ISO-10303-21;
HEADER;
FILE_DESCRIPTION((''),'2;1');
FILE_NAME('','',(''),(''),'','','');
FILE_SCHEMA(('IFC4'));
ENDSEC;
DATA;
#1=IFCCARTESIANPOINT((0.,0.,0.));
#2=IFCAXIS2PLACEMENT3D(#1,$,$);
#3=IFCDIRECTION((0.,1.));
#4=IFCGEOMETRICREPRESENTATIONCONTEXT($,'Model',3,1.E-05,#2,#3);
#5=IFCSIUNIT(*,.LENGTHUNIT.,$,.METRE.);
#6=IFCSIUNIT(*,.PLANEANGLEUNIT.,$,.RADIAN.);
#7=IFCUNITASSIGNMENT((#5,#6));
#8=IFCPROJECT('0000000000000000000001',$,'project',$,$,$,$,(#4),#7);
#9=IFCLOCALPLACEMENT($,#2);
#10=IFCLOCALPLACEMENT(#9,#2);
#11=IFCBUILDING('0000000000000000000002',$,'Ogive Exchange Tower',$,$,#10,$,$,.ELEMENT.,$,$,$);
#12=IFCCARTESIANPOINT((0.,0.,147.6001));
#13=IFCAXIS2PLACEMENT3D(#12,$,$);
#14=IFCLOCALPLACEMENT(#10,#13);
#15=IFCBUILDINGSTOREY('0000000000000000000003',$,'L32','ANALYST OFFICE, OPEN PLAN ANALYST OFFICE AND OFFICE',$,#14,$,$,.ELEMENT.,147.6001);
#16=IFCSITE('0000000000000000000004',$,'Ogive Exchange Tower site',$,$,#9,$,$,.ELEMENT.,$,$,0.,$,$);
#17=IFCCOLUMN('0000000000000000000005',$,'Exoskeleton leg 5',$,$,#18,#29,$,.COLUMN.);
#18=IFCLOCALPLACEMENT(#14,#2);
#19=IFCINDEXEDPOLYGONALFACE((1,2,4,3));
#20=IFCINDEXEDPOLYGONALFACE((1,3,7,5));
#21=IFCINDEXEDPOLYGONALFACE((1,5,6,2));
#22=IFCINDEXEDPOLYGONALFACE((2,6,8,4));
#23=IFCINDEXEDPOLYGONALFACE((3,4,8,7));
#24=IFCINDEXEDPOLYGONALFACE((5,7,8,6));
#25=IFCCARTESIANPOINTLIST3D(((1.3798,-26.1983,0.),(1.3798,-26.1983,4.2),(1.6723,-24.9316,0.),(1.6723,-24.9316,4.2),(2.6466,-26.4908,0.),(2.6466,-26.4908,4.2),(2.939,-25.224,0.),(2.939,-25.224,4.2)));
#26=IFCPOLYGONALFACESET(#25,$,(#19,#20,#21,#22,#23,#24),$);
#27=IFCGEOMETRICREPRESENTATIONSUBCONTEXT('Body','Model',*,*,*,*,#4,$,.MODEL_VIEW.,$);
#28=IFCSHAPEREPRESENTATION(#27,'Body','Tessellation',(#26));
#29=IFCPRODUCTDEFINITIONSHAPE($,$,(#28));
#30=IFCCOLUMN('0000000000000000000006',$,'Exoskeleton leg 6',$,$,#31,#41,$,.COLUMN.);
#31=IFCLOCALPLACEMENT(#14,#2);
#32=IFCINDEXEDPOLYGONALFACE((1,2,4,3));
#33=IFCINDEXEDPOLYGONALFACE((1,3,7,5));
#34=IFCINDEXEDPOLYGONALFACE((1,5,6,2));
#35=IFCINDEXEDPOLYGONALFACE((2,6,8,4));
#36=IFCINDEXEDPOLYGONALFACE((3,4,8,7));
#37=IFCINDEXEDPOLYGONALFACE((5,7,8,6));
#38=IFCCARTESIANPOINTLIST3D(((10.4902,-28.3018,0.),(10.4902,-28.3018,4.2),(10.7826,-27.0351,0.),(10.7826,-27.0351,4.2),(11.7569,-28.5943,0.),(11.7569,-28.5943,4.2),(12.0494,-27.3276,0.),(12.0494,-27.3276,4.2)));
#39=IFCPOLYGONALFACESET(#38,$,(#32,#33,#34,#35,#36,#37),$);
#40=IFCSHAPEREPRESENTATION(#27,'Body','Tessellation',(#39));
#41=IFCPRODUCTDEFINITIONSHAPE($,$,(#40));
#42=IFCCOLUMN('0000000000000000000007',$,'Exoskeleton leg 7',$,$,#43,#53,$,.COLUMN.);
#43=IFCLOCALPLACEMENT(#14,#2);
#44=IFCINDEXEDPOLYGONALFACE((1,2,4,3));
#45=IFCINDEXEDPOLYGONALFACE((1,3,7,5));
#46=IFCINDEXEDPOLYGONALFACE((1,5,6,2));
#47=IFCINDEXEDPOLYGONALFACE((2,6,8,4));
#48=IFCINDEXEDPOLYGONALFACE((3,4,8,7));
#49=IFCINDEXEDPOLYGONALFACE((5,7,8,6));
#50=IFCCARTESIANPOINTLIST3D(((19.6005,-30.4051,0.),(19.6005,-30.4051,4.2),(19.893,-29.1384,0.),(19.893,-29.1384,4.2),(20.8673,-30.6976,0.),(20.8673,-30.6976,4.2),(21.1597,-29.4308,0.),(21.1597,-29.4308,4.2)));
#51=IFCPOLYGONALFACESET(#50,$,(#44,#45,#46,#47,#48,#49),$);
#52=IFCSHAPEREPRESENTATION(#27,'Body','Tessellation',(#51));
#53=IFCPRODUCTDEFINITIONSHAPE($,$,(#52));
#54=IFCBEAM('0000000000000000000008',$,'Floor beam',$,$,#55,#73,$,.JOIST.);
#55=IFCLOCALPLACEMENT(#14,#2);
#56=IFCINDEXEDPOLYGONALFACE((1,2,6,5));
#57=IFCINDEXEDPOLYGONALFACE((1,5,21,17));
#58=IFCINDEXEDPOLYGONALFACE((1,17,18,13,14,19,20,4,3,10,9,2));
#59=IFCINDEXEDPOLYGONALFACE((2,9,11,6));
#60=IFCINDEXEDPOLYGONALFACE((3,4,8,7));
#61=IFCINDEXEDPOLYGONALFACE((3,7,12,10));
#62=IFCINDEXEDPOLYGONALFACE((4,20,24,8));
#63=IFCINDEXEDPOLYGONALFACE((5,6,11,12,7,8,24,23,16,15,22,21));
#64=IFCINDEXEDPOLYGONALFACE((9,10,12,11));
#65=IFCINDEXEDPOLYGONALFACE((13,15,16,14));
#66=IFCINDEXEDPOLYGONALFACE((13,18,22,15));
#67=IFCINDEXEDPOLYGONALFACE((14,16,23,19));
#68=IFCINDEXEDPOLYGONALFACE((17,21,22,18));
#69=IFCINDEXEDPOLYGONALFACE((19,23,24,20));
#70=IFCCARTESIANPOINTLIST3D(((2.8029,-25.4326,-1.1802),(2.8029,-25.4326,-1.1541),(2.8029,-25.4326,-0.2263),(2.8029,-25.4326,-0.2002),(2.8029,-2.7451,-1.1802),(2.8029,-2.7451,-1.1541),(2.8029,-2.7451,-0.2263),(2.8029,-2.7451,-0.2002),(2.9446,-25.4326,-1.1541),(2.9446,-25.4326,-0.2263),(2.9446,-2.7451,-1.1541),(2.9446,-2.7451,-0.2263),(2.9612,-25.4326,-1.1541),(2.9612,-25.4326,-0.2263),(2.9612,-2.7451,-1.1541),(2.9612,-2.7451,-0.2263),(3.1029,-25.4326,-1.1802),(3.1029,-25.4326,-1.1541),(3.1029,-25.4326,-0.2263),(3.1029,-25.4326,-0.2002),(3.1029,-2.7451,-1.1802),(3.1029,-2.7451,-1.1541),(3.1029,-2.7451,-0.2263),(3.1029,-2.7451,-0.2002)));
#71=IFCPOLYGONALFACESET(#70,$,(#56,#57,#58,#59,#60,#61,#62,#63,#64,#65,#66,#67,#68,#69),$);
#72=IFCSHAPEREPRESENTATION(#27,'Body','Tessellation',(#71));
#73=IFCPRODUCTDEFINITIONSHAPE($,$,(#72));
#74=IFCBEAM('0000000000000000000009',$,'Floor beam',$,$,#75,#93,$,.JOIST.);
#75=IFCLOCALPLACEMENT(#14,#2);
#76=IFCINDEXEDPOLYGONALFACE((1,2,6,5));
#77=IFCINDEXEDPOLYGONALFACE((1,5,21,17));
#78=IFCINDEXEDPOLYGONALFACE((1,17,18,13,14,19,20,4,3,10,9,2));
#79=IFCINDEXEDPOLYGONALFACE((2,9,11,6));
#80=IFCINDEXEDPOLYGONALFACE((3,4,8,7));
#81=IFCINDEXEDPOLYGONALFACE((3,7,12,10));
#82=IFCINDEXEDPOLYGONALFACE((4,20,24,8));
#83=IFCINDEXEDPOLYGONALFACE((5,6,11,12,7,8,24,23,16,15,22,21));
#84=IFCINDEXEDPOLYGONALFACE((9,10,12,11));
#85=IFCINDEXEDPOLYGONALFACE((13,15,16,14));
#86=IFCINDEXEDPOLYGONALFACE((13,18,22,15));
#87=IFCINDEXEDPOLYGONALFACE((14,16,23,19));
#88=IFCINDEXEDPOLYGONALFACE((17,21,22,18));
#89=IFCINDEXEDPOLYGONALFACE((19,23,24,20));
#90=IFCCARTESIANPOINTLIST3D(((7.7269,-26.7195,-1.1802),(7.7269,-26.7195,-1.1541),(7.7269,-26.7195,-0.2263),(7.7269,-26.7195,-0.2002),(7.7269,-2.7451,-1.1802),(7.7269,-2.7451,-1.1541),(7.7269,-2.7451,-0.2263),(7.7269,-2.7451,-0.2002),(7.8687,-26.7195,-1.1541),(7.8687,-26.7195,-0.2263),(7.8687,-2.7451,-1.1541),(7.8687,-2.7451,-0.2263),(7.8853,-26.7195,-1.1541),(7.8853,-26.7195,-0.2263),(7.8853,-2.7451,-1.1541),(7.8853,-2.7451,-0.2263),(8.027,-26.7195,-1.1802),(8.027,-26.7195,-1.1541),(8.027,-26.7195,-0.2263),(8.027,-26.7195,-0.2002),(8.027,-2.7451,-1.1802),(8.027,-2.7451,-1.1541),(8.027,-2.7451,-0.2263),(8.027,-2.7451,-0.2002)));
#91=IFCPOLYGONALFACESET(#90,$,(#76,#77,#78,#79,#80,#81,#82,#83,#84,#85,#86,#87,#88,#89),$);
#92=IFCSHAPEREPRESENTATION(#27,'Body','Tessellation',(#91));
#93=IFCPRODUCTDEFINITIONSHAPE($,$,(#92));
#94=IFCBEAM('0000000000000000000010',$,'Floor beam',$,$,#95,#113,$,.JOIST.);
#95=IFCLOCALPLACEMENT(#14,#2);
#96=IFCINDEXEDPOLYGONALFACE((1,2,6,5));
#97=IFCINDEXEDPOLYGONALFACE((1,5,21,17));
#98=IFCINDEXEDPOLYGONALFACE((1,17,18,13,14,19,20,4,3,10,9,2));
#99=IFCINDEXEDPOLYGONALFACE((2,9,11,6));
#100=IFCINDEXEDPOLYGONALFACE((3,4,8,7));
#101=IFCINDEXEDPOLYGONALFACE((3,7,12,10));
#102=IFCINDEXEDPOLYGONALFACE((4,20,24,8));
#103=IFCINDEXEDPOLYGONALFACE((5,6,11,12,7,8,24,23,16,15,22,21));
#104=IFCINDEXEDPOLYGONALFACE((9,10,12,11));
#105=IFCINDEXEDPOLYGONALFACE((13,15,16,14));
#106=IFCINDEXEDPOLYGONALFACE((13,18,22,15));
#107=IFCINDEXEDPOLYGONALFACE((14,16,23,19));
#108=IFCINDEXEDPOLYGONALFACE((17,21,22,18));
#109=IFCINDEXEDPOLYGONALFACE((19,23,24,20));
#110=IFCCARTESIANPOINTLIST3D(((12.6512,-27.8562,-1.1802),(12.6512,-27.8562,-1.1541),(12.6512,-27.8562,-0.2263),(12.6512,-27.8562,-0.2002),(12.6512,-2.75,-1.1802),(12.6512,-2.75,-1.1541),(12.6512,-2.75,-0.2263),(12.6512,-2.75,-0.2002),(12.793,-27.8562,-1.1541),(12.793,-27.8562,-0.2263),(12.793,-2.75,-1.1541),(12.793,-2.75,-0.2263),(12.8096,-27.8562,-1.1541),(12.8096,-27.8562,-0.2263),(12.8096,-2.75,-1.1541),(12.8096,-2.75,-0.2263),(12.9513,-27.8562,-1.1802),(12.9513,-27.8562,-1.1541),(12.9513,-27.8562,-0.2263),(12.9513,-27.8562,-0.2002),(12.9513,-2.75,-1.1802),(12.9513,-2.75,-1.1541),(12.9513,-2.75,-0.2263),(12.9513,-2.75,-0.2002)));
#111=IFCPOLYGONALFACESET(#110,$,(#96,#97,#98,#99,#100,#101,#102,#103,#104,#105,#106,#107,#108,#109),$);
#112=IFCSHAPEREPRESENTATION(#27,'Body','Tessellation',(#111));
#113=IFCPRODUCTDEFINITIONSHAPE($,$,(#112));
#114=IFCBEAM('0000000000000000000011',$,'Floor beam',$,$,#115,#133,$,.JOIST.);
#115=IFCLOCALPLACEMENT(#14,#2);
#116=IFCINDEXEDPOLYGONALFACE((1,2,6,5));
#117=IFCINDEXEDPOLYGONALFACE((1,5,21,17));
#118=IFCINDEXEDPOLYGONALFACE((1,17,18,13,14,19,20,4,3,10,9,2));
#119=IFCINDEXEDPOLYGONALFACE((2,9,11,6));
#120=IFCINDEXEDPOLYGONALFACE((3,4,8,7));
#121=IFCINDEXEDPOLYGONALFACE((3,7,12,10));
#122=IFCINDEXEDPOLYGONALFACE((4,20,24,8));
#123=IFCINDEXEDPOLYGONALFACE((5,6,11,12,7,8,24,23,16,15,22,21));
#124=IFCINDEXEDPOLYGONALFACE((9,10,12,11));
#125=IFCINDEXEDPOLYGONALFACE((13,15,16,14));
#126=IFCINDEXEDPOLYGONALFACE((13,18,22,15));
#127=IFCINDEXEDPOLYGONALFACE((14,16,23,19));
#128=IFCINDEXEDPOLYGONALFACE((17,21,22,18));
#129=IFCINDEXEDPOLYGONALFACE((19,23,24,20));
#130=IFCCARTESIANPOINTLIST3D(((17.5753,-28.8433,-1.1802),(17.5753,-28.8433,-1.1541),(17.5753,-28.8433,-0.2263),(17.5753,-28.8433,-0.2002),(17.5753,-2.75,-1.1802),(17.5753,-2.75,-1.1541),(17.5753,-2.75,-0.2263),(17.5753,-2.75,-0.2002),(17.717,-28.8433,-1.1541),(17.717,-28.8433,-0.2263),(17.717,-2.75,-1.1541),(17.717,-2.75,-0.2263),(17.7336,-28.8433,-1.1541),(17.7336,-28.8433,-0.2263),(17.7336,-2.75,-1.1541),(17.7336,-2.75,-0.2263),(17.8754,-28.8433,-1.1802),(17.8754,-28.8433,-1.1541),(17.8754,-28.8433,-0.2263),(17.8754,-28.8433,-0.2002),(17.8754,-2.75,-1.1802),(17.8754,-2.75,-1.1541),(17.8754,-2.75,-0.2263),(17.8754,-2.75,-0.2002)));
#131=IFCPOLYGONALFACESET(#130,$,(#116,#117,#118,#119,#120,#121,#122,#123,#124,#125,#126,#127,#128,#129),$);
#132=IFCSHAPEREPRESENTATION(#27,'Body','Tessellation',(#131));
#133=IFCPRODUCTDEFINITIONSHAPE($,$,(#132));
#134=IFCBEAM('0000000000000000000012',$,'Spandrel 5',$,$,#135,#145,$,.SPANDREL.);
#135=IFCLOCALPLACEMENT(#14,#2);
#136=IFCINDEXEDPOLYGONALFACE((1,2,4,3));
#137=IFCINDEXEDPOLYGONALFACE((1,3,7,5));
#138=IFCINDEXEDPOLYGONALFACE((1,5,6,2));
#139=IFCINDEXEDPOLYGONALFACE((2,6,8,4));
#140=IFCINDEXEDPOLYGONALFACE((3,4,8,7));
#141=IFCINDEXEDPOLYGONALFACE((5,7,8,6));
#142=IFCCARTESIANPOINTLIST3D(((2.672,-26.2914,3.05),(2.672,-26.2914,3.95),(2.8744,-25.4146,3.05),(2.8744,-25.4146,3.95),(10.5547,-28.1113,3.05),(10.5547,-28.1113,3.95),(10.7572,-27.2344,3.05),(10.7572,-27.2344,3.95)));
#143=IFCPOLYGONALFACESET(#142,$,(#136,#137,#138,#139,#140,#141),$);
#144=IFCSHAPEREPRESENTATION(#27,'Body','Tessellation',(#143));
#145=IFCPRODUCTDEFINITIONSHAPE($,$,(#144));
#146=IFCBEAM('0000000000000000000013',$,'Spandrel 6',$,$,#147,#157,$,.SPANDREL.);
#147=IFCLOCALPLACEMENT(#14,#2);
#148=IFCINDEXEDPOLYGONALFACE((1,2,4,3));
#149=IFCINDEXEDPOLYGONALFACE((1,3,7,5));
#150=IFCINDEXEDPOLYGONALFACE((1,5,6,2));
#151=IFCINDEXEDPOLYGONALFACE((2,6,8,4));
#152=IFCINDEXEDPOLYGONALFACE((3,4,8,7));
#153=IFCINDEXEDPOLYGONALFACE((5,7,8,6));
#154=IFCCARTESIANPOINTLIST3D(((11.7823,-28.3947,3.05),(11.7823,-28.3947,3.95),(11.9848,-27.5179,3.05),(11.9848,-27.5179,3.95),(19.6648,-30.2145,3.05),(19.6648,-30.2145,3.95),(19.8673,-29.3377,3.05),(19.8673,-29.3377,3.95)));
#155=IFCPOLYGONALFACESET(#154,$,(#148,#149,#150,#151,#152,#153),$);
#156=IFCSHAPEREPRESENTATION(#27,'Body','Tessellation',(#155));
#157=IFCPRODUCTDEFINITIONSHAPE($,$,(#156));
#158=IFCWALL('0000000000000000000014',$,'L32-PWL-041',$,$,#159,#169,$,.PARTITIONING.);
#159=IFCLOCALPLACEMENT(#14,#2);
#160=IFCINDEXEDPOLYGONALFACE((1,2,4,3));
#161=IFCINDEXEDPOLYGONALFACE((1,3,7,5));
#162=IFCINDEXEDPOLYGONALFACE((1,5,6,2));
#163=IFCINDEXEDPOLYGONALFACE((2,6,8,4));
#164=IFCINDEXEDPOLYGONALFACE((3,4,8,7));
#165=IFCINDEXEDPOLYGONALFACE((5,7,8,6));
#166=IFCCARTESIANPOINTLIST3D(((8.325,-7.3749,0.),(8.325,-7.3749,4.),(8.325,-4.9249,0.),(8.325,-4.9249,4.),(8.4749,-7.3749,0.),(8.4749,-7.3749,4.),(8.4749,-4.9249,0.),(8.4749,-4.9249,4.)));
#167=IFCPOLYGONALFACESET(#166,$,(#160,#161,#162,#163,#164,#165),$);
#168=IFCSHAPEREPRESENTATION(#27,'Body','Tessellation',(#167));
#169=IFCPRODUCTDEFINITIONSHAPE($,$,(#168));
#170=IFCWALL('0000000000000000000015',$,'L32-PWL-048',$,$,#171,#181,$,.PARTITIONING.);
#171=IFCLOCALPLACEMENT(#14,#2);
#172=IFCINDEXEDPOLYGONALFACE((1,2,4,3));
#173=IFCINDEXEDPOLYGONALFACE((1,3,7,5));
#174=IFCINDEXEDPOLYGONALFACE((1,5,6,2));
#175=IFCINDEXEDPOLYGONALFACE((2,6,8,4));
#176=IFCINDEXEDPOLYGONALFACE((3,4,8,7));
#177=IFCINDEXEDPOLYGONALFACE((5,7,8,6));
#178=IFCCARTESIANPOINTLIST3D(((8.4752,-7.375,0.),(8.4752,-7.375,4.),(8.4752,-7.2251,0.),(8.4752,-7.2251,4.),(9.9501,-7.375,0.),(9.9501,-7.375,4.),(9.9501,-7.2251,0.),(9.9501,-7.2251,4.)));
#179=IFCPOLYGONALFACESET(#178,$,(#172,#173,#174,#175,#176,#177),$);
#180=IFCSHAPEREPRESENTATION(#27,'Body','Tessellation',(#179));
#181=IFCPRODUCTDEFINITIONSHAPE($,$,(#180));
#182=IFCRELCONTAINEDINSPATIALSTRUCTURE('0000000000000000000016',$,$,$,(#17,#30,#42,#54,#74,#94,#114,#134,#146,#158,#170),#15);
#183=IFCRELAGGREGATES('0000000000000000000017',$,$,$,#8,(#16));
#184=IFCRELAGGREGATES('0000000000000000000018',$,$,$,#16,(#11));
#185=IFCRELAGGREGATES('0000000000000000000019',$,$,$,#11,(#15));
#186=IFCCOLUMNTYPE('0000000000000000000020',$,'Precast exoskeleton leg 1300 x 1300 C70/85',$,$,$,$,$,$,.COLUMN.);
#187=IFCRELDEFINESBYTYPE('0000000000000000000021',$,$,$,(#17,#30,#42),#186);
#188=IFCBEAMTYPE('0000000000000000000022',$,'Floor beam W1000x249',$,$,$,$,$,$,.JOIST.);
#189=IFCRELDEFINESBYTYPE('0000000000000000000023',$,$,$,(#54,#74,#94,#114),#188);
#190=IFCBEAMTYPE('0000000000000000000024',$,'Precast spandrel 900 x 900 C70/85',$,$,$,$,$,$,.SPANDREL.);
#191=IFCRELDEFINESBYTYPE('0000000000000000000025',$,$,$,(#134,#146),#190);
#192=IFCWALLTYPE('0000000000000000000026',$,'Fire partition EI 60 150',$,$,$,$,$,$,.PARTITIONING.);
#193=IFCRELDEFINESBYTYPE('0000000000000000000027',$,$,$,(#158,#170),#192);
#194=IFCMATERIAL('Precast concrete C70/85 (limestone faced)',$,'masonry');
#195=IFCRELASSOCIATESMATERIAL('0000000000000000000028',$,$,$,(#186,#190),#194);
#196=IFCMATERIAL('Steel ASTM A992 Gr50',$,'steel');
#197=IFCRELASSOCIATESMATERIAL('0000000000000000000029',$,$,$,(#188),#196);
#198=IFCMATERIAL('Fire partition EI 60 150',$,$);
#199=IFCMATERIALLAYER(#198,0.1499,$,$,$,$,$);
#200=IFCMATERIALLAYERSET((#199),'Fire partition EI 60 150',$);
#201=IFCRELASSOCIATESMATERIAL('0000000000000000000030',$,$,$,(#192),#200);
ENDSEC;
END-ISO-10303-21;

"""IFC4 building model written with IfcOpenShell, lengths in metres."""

from ifc_helpers import new_model, si_unit, direction, frame, frame_2d, origin, origin_2d, place, context, subcontext, project, spatial, rectangle, i_section, extrude, material, layer, layer_set, material_profile, profile_set, type_object, element, save


model = new_model("IFC4")

# Units and contexts
model_context = context("Model", 3, precision=1e-05, world=origin(), true_north=direction((0.0, 1.0)))
body_context = subcontext(model_context, "Body", "Model", "MODEL_VIEW")
ifc_project = project(units=[si_unit("LENGTHUNIT", "METRE"), si_unit("PLANEANGLEUNIT", "RADIAN")], contexts=[model_context])

# Site, building, storey
site_placement = place(None, origin())
site = spatial("IfcSite", under=ifc_project, at=site_placement, Name="Ogive Exchange Tower site", CompositionType="ELEMENT", RefElevation=0.0)
building_placement = place(site_placement, origin())
building = spatial("IfcBuilding", under=site, at=building_placement, Name="Ogive Exchange Tower", CompositionType="ELEMENT")
storey_placement = place(building_placement, frame((0.0, 0.0, 147.6001)))
storey = spatial("IfcBuildingStorey", under=building, at=storey_placement, Name="L32", Description="ANALYST OFFICE, OPEN PLAN ANALYST OFFICE AND OFFICE", CompositionType="ELEMENT", Elevation=147.6001)

# Columns
ifc_material_1 = material(Name="Precast concrete C70/85 (limestone faced)", Category="masonry")
ifc_material_profile_1 = material_profile(ifc_material_1, rectangle(XDim=1.3, YDim=1.3, at=origin_2d()), Name="1300 x 1300")
ifc_profile_set_1 = profile_set([ifc_material_profile_1], Name="Precast concrete C70/85 (limestone faced)")
column_type = type_object("IfcColumnType", Name="Precast exoskeleton leg 1300 x 1300 C70/85", PredefinedType="COLUMN", material=ifc_profile_set_1)
for number, where, z_axis, x_axis, name in (
    (1, (2.1594, -25.7112, 0.0), (0.0, 0.0, 1.0), (0.97437, -0.224951, 0.0), "Exoskeleton leg 5"),
    (2, (11.2698, -27.8147, 0.0), (0.0, 0.0, 1.0), (0.97437, -0.224951, 0.0), "Exoskeleton leg 6"),
    (3, (20.3801, -29.918, 0.0), (0.0, 0.0, 1.0), (0.97437, -0.224951, 0.0), "Exoskeleton leg 7"),
):
    element("IfcColumn", number, at=place(storey_placement, frame(where, z_axis=z_axis, x_axis=x_axis)), inside=storey, type_object=column_type, Name=name, PredefinedType="COLUMN", context=body_context, shape_type="SweptSolid", body=[
        extrude(rectangle(XDim=1.3, YDim=1.3, at=origin_2d()), origin(), (0.0, 0.0, 1.0), 4.2),
    ])

# Beams
ifc_material_2 = material(Name="Steel ASTM A992 Gr50", Category="steel")
ifc_material_profile_2 = material_profile(ifc_material_2, i_section(OverallWidth=0.3, OverallDepth=0.98, WebThickness=0.0166, FlangeThickness=0.0261, at=origin_2d()), Name="W1000x249")
ifc_profile_set_2 = profile_set([ifc_material_profile_2], Name="Steel ASTM A992 Gr50")
beam_type_1 = type_object("IfcBeamType", Name="Floor beam W1000x249", PredefinedType="JOIST", material=ifc_profile_set_2)
beam_1_placement = place(storey_placement, frame((2.9529, -25.4326, -0.6902), z_axis=(0.0, 1.0, 0.0), x_axis=(-1.0, 0.0, 0.0)))
element("IfcBeam", 4, at=beam_1_placement, inside=storey, type_object=beam_type_1, Name="Floor beam", PredefinedType="JOIST", context=body_context, shape_type="SweptSolid", body=[
    extrude(i_section(OverallWidth=0.3, OverallDepth=0.98, WebThickness=0.0166, FlangeThickness=0.0261, at=origin_2d()), origin(), (0.0, 0.0, 1.0), 22.6875),
])
beam_2_placement = place(storey_placement, frame((7.877, -26.7195, -0.6902), z_axis=(0.0, 1.0, 0.0), x_axis=(-1.0, 0.0, 0.0)))
element("IfcBeam", 5, at=beam_2_placement, inside=storey, type_object=beam_type_1, Name="Floor beam", PredefinedType="JOIST", context=body_context, shape_type="SweptSolid", body=[
    extrude(i_section(OverallWidth=0.3, OverallDepth=0.98, WebThickness=0.0166, FlangeThickness=0.0261, at=origin_2d()), origin(), (0.0, 0.0, 1.0), 23.9744),
])
beam_3_placement = place(storey_placement, frame((12.8013, -27.8562, -0.6902), z_axis=(0.0, 1.0, 0.0), x_axis=(-1.0, 0.0, 0.0)))
element("IfcBeam", 6, at=beam_3_placement, inside=storey, type_object=beam_type_1, Name="Floor beam", PredefinedType="JOIST", context=body_context, shape_type="SweptSolid", body=[
    extrude(i_section(OverallWidth=0.3, OverallDepth=0.98, WebThickness=0.0166, FlangeThickness=0.0261, at=origin_2d()), origin(), (0.0, 0.0, 1.0), 25.1062),
])
beam_4_placement = place(storey_placement, frame((17.7253, -28.8433, -0.6902), z_axis=(0.0, 1.0, 0.0), x_axis=(-1.0, 0.0, 0.0)))
element("IfcBeam", 7, at=beam_4_placement, inside=storey, type_object=beam_type_1, Name="Floor beam", PredefinedType="JOIST", context=body_context, shape_type="SweptSolid", body=[
    extrude(i_section(OverallWidth=0.3, OverallDepth=0.98, WebThickness=0.0166, FlangeThickness=0.0261, at=origin_2d()), origin(), (0.0, 0.0, 1.0), 26.0933),
])
ifc_material_profile_3 = material_profile(ifc_material_1, rectangle(XDim=0.8999, YDim=0.8999, at=origin_2d()), Name="900 x 900")
ifc_profile_set_3 = profile_set([ifc_material_profile_3], Name="Precast concrete C70/85 (limestone faced)")
beam_type_2 = type_object("IfcBeamType", Name="Precast spandrel 900 x 900 C70/85", PredefinedType="SPANDREL", material=ifc_profile_set_3)
beam_5_placement = place(storey_placement, frame((2.7732, -25.853, 3.5), z_axis=(0.974372, -0.224943, 0.0), x_axis=(0.224943, 0.974372, 0.0)))
element("IfcBeam", 8, at=beam_5_placement, inside=storey, type_object=beam_type_2, Name="Spandrel 5", PredefinedType="SPANDREL", context=body_context, shape_type="SweptSolid", body=[
    extrude(rectangle(XDim=0.8999, YDim=0.8999, at=origin_2d()), origin(), (0.0, 0.0, 1.0), 8.0901),
])
beam_6_placement = place(storey_placement, frame((11.8835, -27.9563, 3.5), z_axis=(0.97437, -0.22495, 0.0), x_axis=(0.22495, 0.97437, 0.0)))
element("IfcBeam", 9, at=beam_6_placement, inside=storey, type_object=beam_type_2, Name="Spandrel 6", PredefinedType="SPANDREL", context=body_context, shape_type="SweptSolid", body=[
    extrude(rectangle(XDim=0.8999, YDim=0.8999, at=origin_2d()), origin(), (0.0, 0.0, 1.0), 8.0898),
])

# Walls
ifc_material_3 = material(Name="Fire partition EI 60 150")
ifc_layer_1 = layer(ifc_material_3, 0.1499)
ifc_layer_set_1 = layer_set([ifc_layer_1], Name="Fire partition EI 60 150")
wall_type_1 = type_object("IfcWallType", Name="Fire partition EI 60 150", PredefinedType="PARTITIONING", material=ifc_layer_set_1)
wall_1_placement = place(storey_placement, frame((8.3999, -7.375, 0.0), z_axis=(0.0, 0.0, 1.0), x_axis=(0.0, 1.0, 0.0)))
element("IfcWall", 10, at=wall_1_placement, inside=storey, type_object=wall_type_1, Name="L32-PWL-041", PredefinedType="PARTITIONING", context=body_context, shape_type="SweptSolid", body=[
    extrude(rectangle(XDim=2.45, YDim=0.1499, at=frame_2d((1.2251, 0.0))), origin(), (0.0, 0.0, 1.0), 4.0),
])
wall_2_placement = place(storey_placement, frame((9.95, -7.3, 0.0), z_axis=(0.0, 0.0, 1.0), x_axis=(-1.0, 0.0, 0.0)))
element("IfcWall", 11, at=wall_2_placement, inside=storey, type_object=wall_type_1, Name="L32-PWL-048", PredefinedType="PARTITIONING", context=body_context, shape_type="SweptSolid", body=[
    extrude(rectangle(XDim=1.4749, YDim=0.1499, at=frame_2d((0.7373, 0.0))), origin(), (0.0, 0.0, 1.0), 4.0),
])

save(model, "model.ifc")
